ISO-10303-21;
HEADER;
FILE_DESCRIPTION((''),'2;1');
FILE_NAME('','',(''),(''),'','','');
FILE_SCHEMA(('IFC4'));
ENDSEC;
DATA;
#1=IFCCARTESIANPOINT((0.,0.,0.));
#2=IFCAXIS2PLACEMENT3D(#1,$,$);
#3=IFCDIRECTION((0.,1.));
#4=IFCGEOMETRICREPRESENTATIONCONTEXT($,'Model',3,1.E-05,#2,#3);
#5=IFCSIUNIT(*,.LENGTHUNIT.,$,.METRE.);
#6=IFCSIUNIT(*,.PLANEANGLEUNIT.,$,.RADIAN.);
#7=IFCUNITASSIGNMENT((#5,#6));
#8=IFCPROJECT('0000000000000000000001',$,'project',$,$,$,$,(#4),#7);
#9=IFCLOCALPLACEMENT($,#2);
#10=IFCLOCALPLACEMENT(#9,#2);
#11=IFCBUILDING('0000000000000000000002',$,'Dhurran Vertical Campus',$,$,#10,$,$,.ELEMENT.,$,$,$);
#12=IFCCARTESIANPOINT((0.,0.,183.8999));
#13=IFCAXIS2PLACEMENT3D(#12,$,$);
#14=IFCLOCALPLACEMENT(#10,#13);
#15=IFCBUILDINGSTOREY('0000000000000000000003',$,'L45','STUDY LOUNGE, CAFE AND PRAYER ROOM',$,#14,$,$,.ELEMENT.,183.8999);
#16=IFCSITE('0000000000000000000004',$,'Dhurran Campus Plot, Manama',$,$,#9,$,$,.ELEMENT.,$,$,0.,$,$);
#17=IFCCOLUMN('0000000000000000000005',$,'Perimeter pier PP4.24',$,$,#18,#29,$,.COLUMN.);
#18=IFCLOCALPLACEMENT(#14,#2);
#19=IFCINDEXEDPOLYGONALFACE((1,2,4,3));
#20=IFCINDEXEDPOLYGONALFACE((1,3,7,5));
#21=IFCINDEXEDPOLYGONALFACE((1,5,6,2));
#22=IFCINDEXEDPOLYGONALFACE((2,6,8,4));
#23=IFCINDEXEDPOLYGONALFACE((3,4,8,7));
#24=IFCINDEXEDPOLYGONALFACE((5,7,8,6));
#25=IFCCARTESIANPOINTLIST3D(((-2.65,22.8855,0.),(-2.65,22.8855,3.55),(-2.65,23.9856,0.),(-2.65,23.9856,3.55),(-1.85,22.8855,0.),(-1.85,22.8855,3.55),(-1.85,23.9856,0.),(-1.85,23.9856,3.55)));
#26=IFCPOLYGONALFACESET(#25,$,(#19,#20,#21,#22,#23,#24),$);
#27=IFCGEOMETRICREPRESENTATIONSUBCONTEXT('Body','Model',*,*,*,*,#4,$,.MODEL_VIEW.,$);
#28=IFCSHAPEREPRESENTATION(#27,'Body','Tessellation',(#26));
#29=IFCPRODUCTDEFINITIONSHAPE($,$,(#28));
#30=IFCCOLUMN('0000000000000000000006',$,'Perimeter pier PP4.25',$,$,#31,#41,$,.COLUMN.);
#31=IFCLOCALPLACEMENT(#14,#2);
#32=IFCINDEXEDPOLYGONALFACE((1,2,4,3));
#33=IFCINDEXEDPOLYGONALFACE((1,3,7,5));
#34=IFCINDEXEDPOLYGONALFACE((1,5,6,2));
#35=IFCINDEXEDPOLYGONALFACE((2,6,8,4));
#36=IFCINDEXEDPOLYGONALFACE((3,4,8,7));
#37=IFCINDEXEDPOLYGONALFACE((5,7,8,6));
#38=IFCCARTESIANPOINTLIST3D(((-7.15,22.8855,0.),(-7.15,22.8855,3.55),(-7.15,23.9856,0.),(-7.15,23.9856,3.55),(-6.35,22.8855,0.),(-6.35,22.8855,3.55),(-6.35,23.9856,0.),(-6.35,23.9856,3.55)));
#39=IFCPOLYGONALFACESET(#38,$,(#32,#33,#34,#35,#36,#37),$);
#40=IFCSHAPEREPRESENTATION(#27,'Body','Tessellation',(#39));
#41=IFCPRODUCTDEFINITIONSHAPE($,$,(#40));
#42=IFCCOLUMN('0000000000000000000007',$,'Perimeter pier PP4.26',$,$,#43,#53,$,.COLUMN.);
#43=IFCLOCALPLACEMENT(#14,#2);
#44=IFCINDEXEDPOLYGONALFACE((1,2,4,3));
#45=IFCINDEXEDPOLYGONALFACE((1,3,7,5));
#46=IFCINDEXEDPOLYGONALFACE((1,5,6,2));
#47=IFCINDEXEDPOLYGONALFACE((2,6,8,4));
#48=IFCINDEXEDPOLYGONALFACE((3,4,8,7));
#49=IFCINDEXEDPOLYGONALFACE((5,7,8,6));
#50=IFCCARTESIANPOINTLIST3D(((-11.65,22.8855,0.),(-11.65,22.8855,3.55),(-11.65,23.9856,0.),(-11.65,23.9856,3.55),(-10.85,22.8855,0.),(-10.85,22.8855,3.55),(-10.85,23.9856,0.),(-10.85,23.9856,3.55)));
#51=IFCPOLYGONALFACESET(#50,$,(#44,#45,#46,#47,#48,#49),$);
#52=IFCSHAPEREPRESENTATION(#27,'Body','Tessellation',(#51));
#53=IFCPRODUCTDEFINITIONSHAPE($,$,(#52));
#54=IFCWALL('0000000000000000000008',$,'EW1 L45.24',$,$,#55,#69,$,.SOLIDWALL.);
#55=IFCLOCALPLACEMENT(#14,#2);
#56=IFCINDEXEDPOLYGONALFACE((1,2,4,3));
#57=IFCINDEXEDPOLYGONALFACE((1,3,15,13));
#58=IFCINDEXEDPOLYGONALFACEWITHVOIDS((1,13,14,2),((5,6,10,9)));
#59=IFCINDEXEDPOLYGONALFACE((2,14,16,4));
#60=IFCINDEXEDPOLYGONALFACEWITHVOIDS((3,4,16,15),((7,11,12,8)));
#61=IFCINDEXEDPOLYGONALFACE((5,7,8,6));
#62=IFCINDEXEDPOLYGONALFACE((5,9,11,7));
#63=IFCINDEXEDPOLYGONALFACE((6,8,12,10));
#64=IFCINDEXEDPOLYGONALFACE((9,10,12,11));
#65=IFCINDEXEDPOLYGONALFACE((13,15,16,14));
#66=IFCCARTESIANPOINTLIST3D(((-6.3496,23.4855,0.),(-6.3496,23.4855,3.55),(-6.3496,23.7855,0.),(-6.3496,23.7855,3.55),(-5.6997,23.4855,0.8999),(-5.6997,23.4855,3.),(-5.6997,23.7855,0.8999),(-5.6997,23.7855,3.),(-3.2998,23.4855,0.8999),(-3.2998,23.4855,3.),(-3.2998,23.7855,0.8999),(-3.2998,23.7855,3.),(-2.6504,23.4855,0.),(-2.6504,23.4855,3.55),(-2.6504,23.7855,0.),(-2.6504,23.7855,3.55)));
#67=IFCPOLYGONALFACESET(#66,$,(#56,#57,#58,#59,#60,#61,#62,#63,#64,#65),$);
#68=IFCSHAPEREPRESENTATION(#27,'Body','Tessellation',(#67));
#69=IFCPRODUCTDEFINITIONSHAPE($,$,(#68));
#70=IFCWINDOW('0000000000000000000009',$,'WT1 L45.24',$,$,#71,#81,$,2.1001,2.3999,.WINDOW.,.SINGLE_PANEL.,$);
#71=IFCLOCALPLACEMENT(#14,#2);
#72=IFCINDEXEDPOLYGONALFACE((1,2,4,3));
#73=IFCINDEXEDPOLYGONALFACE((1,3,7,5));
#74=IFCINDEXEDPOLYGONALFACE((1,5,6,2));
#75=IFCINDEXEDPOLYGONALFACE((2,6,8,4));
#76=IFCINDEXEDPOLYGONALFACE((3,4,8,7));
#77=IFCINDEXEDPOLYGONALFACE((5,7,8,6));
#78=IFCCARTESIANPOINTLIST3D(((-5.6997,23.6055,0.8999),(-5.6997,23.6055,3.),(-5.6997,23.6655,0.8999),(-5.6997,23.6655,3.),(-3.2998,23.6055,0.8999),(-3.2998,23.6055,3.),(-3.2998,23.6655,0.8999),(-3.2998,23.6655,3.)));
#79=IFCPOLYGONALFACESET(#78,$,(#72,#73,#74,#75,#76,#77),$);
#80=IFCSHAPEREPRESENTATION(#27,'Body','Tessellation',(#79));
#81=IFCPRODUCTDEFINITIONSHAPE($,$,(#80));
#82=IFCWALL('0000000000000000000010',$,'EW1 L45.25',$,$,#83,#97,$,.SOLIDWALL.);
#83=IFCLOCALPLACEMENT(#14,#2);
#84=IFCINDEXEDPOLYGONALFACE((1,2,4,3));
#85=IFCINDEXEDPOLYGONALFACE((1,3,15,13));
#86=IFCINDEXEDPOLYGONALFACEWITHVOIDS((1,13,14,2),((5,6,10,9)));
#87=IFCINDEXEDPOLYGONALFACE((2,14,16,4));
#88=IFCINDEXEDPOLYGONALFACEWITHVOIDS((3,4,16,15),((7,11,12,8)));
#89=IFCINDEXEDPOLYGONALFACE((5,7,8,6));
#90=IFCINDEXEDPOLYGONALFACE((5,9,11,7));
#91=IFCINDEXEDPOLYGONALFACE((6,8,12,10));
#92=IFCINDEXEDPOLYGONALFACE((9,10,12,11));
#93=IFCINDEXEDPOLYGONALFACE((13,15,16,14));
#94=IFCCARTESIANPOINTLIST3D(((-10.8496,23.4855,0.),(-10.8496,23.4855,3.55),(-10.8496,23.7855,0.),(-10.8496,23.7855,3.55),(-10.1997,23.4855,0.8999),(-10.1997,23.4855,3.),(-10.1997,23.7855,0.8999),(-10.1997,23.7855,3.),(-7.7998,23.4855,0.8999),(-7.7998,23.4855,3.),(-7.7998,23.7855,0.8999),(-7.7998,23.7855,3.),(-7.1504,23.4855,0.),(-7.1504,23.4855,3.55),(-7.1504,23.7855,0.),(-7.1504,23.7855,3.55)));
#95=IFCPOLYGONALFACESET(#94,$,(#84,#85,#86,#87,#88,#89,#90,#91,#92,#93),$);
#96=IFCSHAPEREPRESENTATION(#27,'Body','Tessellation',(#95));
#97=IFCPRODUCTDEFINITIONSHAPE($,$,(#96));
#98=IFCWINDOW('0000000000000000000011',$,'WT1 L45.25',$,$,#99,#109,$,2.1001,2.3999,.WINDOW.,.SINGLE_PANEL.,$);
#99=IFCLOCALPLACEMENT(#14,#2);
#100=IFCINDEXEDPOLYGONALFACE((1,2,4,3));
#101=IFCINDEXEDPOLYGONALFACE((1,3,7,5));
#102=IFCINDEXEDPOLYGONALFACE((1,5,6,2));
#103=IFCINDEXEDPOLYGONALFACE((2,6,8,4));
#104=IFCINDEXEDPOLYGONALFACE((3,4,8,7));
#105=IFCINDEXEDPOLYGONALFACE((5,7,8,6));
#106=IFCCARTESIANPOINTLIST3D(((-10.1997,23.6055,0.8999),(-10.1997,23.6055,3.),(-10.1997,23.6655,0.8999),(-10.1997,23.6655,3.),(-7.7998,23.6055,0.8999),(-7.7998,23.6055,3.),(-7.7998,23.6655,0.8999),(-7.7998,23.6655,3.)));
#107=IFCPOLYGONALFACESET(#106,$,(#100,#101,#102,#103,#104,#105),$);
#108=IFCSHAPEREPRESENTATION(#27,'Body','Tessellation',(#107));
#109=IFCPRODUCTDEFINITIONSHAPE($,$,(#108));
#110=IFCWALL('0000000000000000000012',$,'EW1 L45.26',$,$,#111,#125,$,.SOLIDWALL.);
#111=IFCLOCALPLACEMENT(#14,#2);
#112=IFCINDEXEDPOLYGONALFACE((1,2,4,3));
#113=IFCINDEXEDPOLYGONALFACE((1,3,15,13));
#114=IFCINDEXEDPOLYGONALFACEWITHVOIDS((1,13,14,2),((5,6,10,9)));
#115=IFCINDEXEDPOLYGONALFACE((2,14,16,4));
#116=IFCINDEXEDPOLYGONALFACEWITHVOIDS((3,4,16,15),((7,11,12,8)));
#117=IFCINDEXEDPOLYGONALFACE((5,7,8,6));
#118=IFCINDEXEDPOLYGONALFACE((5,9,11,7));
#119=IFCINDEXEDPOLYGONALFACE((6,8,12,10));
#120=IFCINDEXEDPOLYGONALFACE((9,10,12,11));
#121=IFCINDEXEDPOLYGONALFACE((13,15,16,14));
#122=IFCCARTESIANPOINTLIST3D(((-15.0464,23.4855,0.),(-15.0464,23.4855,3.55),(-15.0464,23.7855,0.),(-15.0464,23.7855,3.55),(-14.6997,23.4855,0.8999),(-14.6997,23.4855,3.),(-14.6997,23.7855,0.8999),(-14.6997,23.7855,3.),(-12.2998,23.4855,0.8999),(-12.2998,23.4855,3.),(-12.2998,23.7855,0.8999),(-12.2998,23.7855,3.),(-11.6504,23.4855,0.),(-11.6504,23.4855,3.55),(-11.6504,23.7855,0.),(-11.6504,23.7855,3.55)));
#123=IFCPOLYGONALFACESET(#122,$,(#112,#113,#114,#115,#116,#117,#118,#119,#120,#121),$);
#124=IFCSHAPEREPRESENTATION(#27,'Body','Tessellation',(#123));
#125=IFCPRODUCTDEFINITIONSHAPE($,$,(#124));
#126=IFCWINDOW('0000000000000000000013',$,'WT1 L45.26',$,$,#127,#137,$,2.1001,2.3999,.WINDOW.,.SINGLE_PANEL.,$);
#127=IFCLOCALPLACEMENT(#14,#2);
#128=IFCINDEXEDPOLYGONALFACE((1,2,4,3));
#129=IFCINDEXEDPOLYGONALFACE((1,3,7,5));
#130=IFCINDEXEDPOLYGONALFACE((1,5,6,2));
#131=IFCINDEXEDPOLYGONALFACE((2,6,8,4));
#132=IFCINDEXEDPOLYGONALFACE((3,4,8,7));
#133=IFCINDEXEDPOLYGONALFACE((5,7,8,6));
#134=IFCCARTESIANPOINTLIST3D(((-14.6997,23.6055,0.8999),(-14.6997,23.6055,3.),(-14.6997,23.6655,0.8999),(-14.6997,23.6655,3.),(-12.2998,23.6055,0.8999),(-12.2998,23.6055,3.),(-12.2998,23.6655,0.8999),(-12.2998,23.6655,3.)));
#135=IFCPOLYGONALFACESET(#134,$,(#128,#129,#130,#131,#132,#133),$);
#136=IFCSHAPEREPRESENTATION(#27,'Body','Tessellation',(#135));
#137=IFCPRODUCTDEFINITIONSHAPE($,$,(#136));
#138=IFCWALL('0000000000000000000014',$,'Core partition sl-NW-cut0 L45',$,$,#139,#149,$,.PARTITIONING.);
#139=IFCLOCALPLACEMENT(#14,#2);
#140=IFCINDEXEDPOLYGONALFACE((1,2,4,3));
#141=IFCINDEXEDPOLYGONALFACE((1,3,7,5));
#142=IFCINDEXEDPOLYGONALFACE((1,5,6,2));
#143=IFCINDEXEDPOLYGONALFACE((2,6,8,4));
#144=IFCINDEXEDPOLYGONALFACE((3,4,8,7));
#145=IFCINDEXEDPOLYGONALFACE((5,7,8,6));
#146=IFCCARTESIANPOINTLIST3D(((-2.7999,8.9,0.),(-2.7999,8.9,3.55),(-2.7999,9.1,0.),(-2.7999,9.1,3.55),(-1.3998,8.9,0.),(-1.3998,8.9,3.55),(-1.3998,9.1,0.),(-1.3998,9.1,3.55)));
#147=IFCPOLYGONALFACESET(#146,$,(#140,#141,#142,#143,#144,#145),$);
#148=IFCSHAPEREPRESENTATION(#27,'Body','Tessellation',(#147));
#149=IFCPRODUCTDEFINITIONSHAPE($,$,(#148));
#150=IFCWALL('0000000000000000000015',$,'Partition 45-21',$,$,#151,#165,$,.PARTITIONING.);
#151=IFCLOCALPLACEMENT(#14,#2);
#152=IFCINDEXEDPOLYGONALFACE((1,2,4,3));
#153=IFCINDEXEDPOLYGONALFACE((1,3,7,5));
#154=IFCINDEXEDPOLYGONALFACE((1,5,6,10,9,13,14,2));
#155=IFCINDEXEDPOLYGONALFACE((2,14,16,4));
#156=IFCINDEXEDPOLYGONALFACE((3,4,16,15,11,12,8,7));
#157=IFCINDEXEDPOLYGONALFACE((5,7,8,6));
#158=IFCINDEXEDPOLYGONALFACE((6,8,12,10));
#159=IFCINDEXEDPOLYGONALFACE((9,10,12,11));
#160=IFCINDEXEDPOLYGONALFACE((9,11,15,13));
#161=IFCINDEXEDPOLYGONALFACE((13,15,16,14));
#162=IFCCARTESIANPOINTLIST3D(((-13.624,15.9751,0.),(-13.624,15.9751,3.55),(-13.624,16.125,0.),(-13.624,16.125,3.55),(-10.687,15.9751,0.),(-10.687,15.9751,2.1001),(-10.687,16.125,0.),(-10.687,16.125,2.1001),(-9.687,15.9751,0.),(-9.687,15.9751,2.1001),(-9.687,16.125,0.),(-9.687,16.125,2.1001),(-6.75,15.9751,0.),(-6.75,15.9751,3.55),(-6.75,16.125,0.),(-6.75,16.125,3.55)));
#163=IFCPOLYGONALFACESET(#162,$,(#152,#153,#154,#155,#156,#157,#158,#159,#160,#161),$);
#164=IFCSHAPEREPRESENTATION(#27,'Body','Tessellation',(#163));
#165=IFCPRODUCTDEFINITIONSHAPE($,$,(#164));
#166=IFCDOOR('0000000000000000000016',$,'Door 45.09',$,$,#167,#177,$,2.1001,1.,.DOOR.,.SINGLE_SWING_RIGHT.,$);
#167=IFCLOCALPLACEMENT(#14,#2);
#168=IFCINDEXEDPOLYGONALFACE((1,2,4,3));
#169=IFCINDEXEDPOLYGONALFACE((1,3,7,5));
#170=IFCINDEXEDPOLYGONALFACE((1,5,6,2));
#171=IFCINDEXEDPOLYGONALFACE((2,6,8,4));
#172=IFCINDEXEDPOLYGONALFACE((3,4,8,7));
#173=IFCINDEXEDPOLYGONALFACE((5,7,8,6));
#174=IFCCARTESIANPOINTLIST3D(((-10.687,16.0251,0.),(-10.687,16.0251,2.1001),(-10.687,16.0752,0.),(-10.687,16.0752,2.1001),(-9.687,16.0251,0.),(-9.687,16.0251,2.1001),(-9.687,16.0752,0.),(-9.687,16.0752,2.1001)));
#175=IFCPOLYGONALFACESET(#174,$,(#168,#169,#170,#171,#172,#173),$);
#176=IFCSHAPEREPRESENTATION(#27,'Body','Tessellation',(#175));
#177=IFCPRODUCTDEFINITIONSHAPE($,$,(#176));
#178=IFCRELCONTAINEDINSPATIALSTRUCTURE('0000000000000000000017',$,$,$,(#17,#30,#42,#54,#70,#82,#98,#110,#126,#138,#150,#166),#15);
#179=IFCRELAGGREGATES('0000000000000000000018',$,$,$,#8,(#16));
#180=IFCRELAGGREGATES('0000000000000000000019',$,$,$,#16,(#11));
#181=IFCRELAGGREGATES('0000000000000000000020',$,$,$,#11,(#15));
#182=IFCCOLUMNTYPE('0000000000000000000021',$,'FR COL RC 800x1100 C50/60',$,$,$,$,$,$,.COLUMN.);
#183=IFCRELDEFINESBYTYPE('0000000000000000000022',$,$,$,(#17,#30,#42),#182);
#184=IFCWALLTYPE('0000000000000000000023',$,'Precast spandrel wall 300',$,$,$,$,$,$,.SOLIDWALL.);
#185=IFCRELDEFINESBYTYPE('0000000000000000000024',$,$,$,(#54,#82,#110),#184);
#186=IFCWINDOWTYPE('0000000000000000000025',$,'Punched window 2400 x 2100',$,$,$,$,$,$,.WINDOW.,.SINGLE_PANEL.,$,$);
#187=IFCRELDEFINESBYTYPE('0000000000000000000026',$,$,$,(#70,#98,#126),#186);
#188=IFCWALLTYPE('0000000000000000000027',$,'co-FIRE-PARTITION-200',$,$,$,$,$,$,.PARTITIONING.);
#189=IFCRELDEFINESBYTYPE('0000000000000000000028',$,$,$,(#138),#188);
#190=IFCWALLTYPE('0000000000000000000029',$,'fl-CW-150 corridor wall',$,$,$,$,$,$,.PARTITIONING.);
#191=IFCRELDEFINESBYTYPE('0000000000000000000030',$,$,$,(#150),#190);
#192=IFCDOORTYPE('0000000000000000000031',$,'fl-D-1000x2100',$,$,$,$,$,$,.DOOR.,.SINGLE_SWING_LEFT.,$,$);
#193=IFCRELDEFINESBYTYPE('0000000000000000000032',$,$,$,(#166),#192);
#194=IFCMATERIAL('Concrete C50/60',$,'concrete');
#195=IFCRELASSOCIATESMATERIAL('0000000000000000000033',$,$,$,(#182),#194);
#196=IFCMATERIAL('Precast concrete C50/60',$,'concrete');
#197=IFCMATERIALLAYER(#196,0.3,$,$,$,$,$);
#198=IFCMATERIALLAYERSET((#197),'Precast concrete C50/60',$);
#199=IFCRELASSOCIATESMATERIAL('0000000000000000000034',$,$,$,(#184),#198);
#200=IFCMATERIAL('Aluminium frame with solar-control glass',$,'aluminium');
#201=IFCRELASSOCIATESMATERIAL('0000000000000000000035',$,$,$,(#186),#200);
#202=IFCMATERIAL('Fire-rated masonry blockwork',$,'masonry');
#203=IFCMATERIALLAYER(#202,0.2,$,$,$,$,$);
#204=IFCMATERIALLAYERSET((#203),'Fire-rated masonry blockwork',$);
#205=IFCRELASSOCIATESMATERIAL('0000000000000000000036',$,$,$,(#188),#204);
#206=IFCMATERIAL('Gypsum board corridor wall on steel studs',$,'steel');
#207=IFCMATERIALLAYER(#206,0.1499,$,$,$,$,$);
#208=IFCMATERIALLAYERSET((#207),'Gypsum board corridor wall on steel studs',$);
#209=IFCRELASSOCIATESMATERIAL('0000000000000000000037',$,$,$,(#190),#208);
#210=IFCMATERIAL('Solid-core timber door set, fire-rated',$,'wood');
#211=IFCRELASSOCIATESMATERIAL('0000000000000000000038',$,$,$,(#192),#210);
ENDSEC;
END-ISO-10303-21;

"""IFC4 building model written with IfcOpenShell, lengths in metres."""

from ifc_helpers import new_model, si_unit, direction, frame, frame_2d, origin, origin_2d, place, context, subcontext, project, spatial, rectangle, extrude, material, layer, layer_set, material_profile, profile_set, type_object, element, fill, save


model = new_model("IFC4")

# Units and contexts
model_context = context("Model", 3, precision=1e-05, world=origin(), true_north=direction((0.0, 1.0)))
body_context = subcontext(model_context, "Body", "Model", "MODEL_VIEW")
ifc_project = project(units=[si_unit("LENGTHUNIT", "METRE"), si_unit("PLANEANGLEUNIT", "RADIAN")], contexts=[model_context])

# Site, building, storey
site_placement = place(None, origin())
site = spatial("IfcSite", under=ifc_project, at=site_placement, Name="Dhurran Campus Plot, Manama", CompositionType="ELEMENT", RefElevation=0.0)
building_placement = place(site_placement, origin())
building = spatial("IfcBuilding", under=site, at=building_placement, Name="Dhurran Vertical Campus", CompositionType="ELEMENT")
storey_placement = place(building_placement, frame((0.0, 0.0, 183.8999)))
storey = spatial("IfcBuildingStorey", under=building, at=storey_placement, Name="L45", Description="STUDY LOUNGE, CAFE AND PRAYER ROOM", CompositionType="ELEMENT", Elevation=183.8999)

# Columns
ifc_material_1 = material(Name="Concrete C50/60", Category="concrete")
ifc_material_profile = material_profile(ifc_material_1, rectangle(XDim=0.8, YDim=1.1001, at=origin_2d()), Name="RC 800x1100")
ifc_profile_set = profile_set([ifc_material_profile], Name="Concrete C50/60")
column_type = type_object("IfcColumnType", Name="FR COL RC 800x1100 C50/60", PredefinedType="COLUMN", material=ifc_profile_set)
for number, where, z_axis, x_axis, name in (
    (1, (-2.25, 23.4355, 0.0), (0.0, 0.0, 1.0), (-1.0, 0.0, 0.0), "Perimeter pier PP4.24"),
    (2, (-6.75, 23.4355, 0.0), (0.0, 0.0, 1.0), (-1.0, 0.0, 0.0), "Perimeter pier PP4.25"),
    (3, (-11.25, 23.4355, 0.0), (0.0, 0.0, 1.0), (-1.0, 0.0, 0.0), "Perimeter pier PP4.26"),
):
    element("IfcColumn", number, at=place(storey_placement, frame(where, z_axis=z_axis, x_axis=x_axis)), inside=storey, type_object=column_type, Name=name, PredefinedType="COLUMN", context=body_context, shape_type="SweptSolid", body=[
        extrude(rectangle(XDim=0.8, YDim=1.1001, at=origin_2d()), origin(), (0.0, 0.0, 1.0), 3.55),
    ])

# Walls, openings, windows
ifc_material_2 = material(Name="Precast concrete C50/60", Category="concrete")
ifc_layer_1 = layer(ifc_material_2, 0.3)
ifc_layer_set_1 = layer_set([ifc_layer_1], Name="Precast concrete C50/60")
wall_type_1 = type_object("IfcWallType", Name="Precast spandrel wall 300", PredefinedType="SOLIDWALL", material=ifc_layer_set_1)
wall_1_placement = place(storey_placement, frame((-2.6504, 23.6355, 0.0), z_axis=(0.0, 0.0, 1.0), x_axis=(-1.0, 0.0, 0.0)))
wall_1 = element("IfcWall", 4, at=wall_1_placement, inside=storey, type_object=wall_type_1, Name="EW1 L45.24", PredefinedType="SOLIDWALL", context=body_context, shape_type="SweptSolid", body=[
    extrude(rectangle(XDim=3.6992, YDim=0.3, at=frame_2d((1.8496, 0.0))), origin(), (0.0, 0.0, 1.0), 3.55),
])
opening_1_placement = place(wall_1_placement, frame((0.6494, 0.0, 0.8999)))
opening_1 = element("IfcOpeningElement", 5, at=opening_1_placement, cuts=wall_1, PredefinedType="OPENING", context=body_context, shape_type="SweptSolid", body=[
    extrude(rectangle(XDim=2.3999, YDim=2.1001, at=frame_2d((1.2, 1.05))), frame((0.0, 0.1599, 0.0), z_axis=(0.0, -1.0, 0.0), x_axis=(1.0, 0.0, 0.0)), (0.0, 0.0, 1.0), 0.3201),
])
ifc_material_3 = material(Name="Aluminium frame with solar-control glass", Category="aluminium")
window_type = type_object("IfcWindowType", Name="Punched window 2400 x 2100", PartitioningType="SINGLE_PANEL", PredefinedType="WINDOW", material=ifc_material_3)
window_1_placement = place(opening_1_placement, origin())
window_1 = element("IfcWindow", 6, at=window_1_placement, inside=storey, type_object=window_type, Name="WT1 L45.24", OverallHeight=2.1001, OverallWidth=2.3999, PartitioningType="SINGLE_PANEL", PredefinedType="WINDOW", context=body_context, shape_type="SweptSolid", body=[
    extrude(rectangle(XDim=2.3999, YDim=2.1001, at=frame_2d((1.2, 1.05))), frame((0.0, 0.03, 0.0), z_axis=(0.0, -1.0, 0.0), x_axis=(1.0, 0.0, 0.0)), (0.0, 0.0, 1.0), 0.0601),
])
fill(opening_1, window_1)
wall_2_placement = place(storey_placement, frame((-7.1504, 23.6355, 0.0), z_axis=(0.0, 0.0, 1.0), x_axis=(-1.0, 0.0, 0.0)))
wall_2 = element("IfcWall", 7, at=wall_2_placement, inside=storey, type_object=wall_type_1, Name="EW1 L45.25", PredefinedType="SOLIDWALL", context=body_context, shape_type="SweptSolid", body=[
    extrude(rectangle(XDim=3.6992, YDim=0.3, at=frame_2d((1.8496, 0.0))), origin(), (0.0, 0.0, 1.0), 3.55),
])
opening_2_placement = place(wall_2_placement, frame((0.6494, 0.0, 0.8999)))
opening_2 = element("IfcOpeningElement", 8, at=opening_2_placement, cuts=wall_2, PredefinedType="OPENING", context=body_context, shape_type="SweptSolid", body=[
    extrude(rectangle(XDim=2.3999, YDim=2.1001, at=frame_2d((1.2, 1.05))), frame((0.0, 0.1599, 0.0), z_axis=(0.0, -1.0, 0.0), x_axis=(1.0, 0.0, 0.0)), (0.0, 0.0, 1.0), 0.3201),
])
window_2_placement = place(opening_2_placement, origin())
window_2 = element("IfcWindow", 9, at=window_2_placement, inside=storey, type_object=window_type, Name="WT1 L45.25", OverallHeight=2.1001, OverallWidth=2.3999, PartitioningType="SINGLE_PANEL", PredefinedType="WINDOW", context=body_context, shape_type="SweptSolid", body=[
    extrude(rectangle(XDim=2.3999, YDim=2.1001, at=frame_2d((1.2, 1.05))), frame((0.0, 0.03, 0.0), z_axis=(0.0, -1.0, 0.0), x_axis=(1.0, 0.0, 0.0)), (0.0, 0.0, 1.0), 0.0601),
])
fill(opening_2, window_2)
wall_3_placement = place(storey_placement, frame((-11.6504, 23.6355, 0.0), z_axis=(0.0, 0.0, 1.0), x_axis=(-1.0, 0.0, 0.0)))
wall_3 = element("IfcWall", 10, at=wall_3_placement, inside=storey, type_object=wall_type_1, Name="EW1 L45.26", PredefinedType="SOLIDWALL", context=body_context, shape_type="SweptSolid", body=[
    extrude(rectangle(XDim=3.396, YDim=0.3, at=frame_2d((1.698, 0.0))), origin(), (0.0, 0.0, 1.0), 3.55),
])
opening_3_placement = place(wall_3_placement, frame((0.6494, 0.0, 0.8999)))
opening_3 = element("IfcOpeningElement", 11, at=opening_3_placement, cuts=wall_3, PredefinedType="OPENING", context=body_context, shape_type="SweptSolid", body=[
    extrude(rectangle(XDim=2.3999, YDim=2.1001, at=frame_2d((1.2, 1.05))), frame((0.0, 0.1599, 0.0), z_axis=(0.0, -1.0, 0.0), x_axis=(1.0, 0.0, 0.0)), (0.0, 0.0, 1.0), 0.3201),
])
window_3_placement = place(opening_3_placement, origin())
window_3 = element("IfcWindow", 12, at=window_3_placement, inside=storey, type_object=window_type, Name="WT1 L45.26", OverallHeight=2.1001, OverallWidth=2.3999, PartitioningType="SINGLE_PANEL", PredefinedType="WINDOW", context=body_context, shape_type="SweptSolid", body=[
    extrude(rectangle(XDim=2.3999, YDim=2.1001, at=frame_2d((1.2, 1.05))), frame((0.0, 0.03, 0.0), z_axis=(0.0, -1.0, 0.0), x_axis=(1.0, 0.0, 0.0)), (0.0, 0.0, 1.0), 0.0601),
])
fill(opening_3, window_3)

# Wall
ifc_material_4 = material(Name="Fire-rated masonry blockwork", Category="masonry")
ifc_layer_2 = layer(ifc_material_4, 0.2)
ifc_layer_set_2 = layer_set([ifc_layer_2], Name="Fire-rated masonry blockwork")
wall_type_2 = type_object("IfcWallType", Name="co-FIRE-PARTITION-200", PredefinedType="PARTITIONING", material=ifc_layer_set_2)
wall_4_placement = place(storey_placement, frame((-2.8, 9.0, 0.0), z_axis=(0.0, 0.0, 1.0), x_axis=(1.0, 0.0, 0.0)))
element("IfcWall", 13, at=wall_4_placement, inside=storey, type_object=wall_type_2, Name="Core partition sl-NW-cut0 L45", PredefinedType="PARTITIONING", context=body_context, shape_type="SweptSolid", body=[
    extrude(rectangle(XDim=1.4001, YDim=0.2, at=frame_2d((0.7002, 0.0))), origin(), (0.0, 0.0, 1.0), 3.55),
])

# Wall, opening, door
ifc_material_5 = material(Name="Gypsum board corridor wall on steel studs", Category="steel")
ifc_layer_3 = layer(ifc_material_5, 0.1499)
ifc_layer_set_3 = layer_set([ifc_layer_3], Name="Gypsum board corridor wall on steel studs")
wall_type_3 = type_object("IfcWallType", Name="fl-CW-150 corridor wall", PredefinedType="PARTITIONING", material=ifc_layer_set_3)
wall_5_placement = place(storey_placement, frame((-6.75, 16.05, 0.0), z_axis=(0.0, 0.0, 1.0), x_axis=(-1.0, 0.0, 0.0)))
wall_5 = element("IfcWall", 14, at=wall_5_placement, inside=storey, type_object=wall_type_3, Name="Partition 45-21", PredefinedType="PARTITIONING", context=body_context, shape_type="SweptSolid", body=[
    extrude(rectangle(XDim=6.874, YDim=0.1499, at=frame_2d((3.437, 0.0))), origin(), (0.0, 0.0, 1.0), 3.55),
])
opening_4_placement = place(wall_5_placement, frame((2.937, 0.0, 0.0)))
opening_4 = element("IfcOpeningElement", 15, at=opening_4_placement, cuts=wall_5, PredefinedType="OPENING", context=body_context, shape_type="SweptSolid", body=[
    extrude(rectangle(XDim=1.0, YDim=2.1001, at=frame_2d((0.5, 1.05))), frame((0.0, 0.085, 0.0), z_axis=(0.0, -1.0, 0.0), x_axis=(1.0, 0.0, 0.0)), (0.0, 0.0, 1.0), 0.1699),
])
ifc_material_6 = material(Name="Solid-core timber door set, fire-rated", Category="wood")
door_type = type_object("IfcDoorType", Name="fl-D-1000x2100", OperationType="SINGLE_SWING_LEFT", PredefinedType="DOOR", material=ifc_material_6)
door_1_placement = place(opening_4_placement, origin())
door_1 = element("IfcDoor", 16, at=door_1_placement, inside=storey, type_object=door_type, Name="Door 45.09", OperationType="SINGLE_SWING_RIGHT", OverallHeight=2.1001, OverallWidth=1.0, PredefinedType="DOOR", context=body_context, shape_type="SweptSolid", body=[
    extrude(rectangle(XDim=1.0, YDim=2.1001, at=frame_2d((0.5, 1.05))), frame((0.0, 0.0249, 0.0), z_axis=(0.0, -1.0, 0.0), x_axis=(1.0, 0.0, 0.0)), (0.0, 0.0, 1.0), 0.05),
])
fill(opening_4, door_1)

save(model, "model.ifc")
